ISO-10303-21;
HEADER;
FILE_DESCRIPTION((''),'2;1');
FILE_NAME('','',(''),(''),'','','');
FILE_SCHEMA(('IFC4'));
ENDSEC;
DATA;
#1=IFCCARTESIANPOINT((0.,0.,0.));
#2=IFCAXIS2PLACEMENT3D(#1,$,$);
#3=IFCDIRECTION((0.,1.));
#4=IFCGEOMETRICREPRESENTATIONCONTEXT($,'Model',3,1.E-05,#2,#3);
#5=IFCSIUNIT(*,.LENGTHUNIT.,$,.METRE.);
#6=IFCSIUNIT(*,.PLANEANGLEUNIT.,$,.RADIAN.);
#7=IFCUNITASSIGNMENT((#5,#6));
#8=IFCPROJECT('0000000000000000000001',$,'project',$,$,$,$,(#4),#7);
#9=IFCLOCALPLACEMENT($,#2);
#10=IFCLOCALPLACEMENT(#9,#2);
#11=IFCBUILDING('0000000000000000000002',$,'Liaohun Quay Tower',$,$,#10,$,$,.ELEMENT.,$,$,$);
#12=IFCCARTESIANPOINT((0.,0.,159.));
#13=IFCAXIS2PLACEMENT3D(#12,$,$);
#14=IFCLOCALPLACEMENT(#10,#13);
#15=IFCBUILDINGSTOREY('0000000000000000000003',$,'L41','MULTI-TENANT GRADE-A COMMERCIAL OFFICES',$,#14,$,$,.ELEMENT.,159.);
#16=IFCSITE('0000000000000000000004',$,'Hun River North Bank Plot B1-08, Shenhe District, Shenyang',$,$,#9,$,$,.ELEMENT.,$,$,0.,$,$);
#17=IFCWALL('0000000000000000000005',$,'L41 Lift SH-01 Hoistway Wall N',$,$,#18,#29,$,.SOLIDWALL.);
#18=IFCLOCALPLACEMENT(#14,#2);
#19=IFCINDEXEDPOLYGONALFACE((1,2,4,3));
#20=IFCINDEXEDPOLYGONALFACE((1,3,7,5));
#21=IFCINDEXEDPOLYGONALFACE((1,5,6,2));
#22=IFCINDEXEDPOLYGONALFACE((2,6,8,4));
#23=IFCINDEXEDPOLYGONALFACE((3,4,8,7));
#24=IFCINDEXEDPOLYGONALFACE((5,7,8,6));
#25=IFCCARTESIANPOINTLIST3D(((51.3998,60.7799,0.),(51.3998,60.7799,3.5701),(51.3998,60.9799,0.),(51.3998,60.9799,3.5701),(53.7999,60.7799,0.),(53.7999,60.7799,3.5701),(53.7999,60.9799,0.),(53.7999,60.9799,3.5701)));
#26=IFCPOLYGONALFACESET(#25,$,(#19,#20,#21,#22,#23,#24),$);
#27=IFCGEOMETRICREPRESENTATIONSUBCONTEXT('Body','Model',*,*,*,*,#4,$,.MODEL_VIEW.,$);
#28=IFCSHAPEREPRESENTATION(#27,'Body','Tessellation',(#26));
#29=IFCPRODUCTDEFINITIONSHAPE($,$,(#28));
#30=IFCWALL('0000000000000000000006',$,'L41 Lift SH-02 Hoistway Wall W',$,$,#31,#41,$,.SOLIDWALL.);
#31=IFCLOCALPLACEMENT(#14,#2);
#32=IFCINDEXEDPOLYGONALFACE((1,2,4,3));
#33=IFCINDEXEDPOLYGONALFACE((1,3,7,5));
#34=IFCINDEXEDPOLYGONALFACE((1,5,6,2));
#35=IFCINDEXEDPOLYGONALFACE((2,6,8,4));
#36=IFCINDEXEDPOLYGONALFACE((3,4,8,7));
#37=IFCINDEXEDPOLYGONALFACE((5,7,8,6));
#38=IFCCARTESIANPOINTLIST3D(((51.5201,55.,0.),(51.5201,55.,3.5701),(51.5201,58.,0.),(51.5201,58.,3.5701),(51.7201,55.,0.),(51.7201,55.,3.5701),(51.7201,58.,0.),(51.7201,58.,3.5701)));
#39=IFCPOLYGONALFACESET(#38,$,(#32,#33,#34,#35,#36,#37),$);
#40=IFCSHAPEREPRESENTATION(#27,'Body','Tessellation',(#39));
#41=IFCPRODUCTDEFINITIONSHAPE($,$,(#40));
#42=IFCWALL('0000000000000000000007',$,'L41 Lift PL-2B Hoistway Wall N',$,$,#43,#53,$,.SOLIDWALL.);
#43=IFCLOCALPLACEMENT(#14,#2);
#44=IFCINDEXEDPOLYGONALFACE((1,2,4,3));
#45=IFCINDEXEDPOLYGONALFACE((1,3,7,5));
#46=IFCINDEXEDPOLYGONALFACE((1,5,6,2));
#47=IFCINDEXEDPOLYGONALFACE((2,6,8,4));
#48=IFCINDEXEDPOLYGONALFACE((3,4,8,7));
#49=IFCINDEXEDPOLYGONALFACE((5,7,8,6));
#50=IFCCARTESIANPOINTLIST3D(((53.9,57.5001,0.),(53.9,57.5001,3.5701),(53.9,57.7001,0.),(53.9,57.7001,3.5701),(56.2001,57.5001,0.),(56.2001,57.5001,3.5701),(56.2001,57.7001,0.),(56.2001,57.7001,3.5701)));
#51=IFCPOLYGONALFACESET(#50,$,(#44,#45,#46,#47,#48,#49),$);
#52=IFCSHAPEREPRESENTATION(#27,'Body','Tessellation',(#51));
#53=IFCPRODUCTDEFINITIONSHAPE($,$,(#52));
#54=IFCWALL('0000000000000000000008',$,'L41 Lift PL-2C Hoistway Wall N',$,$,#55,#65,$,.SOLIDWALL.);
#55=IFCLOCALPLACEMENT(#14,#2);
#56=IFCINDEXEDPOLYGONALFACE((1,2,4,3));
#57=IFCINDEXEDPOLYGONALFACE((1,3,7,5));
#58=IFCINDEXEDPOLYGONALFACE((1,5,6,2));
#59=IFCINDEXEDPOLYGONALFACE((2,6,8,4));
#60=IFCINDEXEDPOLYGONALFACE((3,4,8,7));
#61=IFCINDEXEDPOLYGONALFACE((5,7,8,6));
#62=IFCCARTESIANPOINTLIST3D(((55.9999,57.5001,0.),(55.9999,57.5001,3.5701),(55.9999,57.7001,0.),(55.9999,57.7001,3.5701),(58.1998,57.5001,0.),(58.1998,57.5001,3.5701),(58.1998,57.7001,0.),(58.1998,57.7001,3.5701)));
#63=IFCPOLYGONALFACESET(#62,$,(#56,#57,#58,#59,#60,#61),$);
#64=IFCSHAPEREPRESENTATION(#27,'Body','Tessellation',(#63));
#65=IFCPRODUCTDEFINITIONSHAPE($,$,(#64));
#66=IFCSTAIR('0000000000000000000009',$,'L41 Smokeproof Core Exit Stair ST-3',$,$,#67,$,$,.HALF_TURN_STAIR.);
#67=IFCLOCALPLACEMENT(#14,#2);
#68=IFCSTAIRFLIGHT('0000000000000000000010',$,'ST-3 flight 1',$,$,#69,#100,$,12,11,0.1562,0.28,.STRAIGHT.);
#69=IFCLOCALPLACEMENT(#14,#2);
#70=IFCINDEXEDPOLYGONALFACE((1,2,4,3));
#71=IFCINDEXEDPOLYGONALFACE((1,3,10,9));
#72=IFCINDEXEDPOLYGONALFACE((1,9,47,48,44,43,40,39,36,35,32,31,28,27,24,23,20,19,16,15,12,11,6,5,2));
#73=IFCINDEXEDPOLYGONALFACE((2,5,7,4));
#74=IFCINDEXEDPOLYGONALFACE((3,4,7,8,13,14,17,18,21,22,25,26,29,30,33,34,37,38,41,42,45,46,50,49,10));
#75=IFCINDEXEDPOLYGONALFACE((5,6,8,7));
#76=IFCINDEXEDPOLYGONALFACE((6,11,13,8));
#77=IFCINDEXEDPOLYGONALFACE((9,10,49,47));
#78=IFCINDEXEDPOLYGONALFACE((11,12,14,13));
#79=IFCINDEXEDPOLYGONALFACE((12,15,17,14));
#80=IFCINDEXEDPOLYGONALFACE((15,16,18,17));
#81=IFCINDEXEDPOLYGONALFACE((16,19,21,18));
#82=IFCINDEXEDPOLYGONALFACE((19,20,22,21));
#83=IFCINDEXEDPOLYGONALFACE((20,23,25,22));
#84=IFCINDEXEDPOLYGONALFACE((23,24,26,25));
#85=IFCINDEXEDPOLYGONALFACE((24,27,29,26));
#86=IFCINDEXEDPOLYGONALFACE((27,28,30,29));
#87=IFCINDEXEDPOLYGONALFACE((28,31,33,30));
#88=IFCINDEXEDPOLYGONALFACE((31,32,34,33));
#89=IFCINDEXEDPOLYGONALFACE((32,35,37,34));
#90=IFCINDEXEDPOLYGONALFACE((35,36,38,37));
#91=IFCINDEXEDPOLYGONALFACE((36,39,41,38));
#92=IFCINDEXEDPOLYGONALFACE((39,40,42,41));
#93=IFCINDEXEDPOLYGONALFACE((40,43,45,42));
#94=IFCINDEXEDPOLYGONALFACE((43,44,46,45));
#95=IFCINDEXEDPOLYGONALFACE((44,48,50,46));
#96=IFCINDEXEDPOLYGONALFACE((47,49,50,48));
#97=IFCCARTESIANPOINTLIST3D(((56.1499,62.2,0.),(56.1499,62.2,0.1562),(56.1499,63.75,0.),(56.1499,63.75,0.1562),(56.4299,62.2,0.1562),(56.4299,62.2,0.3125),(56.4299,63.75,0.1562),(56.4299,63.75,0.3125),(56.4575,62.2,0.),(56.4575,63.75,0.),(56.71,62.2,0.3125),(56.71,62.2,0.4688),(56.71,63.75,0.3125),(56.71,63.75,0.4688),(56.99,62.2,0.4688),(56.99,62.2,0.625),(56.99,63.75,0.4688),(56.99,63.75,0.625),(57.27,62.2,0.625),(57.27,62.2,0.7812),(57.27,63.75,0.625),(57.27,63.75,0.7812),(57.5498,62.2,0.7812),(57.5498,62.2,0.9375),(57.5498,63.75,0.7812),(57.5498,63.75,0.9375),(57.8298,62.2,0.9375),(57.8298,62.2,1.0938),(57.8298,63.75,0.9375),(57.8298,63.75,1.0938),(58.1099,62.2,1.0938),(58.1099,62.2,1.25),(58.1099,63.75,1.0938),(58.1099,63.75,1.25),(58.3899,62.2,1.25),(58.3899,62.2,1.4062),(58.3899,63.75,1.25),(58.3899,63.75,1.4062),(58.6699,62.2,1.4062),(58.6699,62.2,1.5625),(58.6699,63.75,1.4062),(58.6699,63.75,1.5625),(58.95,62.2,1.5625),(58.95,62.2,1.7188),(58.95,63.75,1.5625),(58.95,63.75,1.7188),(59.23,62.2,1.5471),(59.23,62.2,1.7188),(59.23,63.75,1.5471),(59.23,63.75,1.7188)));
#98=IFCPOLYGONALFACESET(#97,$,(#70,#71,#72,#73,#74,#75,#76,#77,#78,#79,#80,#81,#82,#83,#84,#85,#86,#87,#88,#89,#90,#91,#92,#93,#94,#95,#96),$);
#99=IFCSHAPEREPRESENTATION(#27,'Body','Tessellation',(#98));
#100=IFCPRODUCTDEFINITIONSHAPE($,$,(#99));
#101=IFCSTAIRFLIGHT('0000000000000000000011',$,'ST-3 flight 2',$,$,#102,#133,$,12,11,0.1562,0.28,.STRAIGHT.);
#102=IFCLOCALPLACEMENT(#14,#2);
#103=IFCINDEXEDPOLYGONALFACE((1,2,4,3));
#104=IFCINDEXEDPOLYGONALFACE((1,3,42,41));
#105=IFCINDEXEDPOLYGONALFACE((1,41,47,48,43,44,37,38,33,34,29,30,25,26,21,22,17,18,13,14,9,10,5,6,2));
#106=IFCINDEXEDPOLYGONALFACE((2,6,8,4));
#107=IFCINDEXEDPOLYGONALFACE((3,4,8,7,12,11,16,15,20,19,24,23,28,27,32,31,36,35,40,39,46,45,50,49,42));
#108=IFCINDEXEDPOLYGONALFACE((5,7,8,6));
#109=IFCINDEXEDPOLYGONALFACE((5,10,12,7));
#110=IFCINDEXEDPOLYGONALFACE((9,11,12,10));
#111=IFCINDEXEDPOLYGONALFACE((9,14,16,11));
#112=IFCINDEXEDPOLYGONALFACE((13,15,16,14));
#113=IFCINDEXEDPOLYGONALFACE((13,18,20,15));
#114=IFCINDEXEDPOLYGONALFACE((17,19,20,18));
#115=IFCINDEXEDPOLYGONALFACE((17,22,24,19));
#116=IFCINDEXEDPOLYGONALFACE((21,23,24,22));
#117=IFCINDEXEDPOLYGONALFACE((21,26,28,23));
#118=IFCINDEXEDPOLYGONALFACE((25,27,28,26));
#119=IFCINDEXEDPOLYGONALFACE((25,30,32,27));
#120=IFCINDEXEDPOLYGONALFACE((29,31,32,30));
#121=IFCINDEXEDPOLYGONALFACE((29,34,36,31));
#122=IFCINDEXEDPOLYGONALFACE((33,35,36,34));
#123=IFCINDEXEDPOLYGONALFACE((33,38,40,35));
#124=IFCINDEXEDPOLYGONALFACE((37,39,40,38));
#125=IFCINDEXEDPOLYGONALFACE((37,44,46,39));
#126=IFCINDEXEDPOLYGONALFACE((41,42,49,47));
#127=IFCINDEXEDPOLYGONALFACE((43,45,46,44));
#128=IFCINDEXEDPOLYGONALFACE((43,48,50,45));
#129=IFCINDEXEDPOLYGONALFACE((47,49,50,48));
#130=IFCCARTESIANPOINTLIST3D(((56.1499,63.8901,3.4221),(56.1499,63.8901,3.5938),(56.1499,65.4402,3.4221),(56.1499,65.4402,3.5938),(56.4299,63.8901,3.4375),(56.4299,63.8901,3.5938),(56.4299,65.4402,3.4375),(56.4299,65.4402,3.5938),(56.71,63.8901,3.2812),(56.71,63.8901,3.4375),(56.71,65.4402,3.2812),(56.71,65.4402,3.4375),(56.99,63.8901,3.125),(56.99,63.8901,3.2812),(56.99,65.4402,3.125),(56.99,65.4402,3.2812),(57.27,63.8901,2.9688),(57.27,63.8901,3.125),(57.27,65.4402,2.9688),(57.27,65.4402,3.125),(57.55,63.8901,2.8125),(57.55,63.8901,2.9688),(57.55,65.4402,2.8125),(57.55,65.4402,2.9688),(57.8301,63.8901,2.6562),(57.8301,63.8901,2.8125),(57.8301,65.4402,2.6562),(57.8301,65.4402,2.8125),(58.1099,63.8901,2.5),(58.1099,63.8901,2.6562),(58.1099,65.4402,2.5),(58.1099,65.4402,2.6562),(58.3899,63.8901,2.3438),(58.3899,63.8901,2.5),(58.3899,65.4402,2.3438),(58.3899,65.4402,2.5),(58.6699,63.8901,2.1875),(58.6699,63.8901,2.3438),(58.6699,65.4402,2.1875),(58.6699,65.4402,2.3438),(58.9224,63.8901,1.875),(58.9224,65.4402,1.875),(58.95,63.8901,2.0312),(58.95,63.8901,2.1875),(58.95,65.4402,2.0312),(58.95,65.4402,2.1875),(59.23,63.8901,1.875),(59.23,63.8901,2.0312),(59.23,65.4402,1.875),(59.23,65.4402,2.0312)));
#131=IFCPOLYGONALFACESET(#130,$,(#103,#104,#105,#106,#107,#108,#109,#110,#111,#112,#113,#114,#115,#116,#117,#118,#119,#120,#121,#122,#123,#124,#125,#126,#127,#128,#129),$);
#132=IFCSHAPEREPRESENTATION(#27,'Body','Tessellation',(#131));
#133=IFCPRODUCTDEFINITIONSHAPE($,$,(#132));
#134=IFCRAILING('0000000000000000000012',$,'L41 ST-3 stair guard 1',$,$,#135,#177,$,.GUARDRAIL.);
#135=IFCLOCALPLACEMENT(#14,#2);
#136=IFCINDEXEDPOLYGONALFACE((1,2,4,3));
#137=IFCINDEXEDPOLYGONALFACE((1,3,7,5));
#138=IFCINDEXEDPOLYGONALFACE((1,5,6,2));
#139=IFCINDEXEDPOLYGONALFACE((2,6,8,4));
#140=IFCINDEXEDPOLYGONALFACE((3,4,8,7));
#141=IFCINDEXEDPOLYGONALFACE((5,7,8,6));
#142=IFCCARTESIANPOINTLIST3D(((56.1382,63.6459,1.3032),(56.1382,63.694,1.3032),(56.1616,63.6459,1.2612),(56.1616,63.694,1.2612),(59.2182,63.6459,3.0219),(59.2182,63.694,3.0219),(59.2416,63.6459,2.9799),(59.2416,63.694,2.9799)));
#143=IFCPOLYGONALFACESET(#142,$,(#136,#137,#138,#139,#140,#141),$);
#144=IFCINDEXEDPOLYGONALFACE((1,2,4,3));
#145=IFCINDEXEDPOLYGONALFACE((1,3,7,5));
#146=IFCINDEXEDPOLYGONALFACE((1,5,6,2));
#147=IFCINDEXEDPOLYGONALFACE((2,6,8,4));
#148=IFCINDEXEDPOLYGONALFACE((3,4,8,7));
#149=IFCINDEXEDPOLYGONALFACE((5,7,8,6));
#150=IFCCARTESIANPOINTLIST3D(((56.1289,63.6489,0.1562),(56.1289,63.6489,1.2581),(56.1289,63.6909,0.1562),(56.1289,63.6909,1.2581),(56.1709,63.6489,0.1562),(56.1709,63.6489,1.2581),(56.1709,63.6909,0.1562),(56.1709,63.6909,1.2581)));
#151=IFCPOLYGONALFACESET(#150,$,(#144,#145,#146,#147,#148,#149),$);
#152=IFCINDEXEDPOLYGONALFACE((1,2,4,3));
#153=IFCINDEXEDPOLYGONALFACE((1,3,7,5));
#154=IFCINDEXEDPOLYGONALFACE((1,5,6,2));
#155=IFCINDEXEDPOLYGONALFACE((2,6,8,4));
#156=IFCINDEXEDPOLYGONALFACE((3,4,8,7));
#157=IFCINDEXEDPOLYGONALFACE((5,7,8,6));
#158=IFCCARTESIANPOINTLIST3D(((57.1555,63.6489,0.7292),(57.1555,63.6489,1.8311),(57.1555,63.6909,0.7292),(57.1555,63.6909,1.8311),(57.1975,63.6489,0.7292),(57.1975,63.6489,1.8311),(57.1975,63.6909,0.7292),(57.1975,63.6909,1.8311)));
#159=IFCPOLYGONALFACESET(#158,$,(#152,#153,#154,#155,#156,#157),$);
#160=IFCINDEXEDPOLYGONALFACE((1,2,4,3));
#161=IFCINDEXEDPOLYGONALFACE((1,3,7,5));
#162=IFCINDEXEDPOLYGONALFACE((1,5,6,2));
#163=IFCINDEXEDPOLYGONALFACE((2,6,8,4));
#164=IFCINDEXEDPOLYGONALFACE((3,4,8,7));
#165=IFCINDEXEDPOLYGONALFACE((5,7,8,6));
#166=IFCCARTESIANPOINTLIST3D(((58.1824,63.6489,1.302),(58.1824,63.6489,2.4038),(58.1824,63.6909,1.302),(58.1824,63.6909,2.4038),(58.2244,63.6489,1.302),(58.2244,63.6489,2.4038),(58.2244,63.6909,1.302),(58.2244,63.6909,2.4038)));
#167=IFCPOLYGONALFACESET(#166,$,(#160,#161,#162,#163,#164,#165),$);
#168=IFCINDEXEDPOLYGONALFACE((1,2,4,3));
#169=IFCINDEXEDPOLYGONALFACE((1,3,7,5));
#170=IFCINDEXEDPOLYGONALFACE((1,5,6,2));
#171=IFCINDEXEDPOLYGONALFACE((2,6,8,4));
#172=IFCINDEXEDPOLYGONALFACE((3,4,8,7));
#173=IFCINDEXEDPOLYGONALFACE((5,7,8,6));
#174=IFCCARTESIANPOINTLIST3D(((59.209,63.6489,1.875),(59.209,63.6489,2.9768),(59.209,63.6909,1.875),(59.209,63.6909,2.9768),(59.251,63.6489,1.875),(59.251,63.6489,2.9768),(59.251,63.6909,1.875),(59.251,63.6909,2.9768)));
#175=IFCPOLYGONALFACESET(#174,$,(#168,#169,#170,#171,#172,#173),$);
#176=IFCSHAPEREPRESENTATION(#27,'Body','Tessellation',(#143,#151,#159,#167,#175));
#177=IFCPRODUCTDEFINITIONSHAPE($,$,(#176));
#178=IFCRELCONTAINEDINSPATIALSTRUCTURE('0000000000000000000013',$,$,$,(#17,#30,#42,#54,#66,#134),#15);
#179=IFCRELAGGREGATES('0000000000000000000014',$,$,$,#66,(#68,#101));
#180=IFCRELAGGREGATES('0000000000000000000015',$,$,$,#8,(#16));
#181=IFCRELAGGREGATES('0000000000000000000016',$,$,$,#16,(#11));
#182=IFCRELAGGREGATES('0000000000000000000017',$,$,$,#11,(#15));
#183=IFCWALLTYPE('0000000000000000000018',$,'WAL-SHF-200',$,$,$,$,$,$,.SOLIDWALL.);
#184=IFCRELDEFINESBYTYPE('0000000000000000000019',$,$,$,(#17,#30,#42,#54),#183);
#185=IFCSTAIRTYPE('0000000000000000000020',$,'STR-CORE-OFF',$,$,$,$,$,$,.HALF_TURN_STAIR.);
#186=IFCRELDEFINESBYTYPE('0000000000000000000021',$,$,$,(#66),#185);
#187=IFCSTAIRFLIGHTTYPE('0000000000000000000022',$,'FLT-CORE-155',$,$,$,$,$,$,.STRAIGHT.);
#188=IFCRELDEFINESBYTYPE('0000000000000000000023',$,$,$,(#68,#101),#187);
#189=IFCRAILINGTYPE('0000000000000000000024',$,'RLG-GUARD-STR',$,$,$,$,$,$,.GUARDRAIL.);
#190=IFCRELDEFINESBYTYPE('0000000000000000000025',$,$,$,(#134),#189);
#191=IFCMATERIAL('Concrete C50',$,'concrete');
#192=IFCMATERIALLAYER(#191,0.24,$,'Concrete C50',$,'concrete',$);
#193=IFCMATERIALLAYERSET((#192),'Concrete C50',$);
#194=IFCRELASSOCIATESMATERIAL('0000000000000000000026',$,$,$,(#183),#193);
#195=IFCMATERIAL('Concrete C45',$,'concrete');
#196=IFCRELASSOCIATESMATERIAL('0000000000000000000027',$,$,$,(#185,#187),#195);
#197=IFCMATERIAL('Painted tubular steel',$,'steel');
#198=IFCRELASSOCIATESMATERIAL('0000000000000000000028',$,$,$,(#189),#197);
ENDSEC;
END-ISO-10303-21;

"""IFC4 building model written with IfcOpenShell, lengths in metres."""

from ifc_helpers import new_model, si_unit, direction, frame, frame_2d, origin, origin_2d, place, context, subcontext, project, spatial, polyline, rectangle, outline, extrude, material, layer, layer_set, type_object, element, aggregate, save


model = new_model("IFC4")

# Units and contexts
model_context = context("Model", 3, precision=1e-05, world=origin(), true_north=direction((0.0, 1.0)))
body_context = subcontext(model_context, "Body", "Model", "MODEL_VIEW")
ifc_project = project(units=[si_unit("LENGTHUNIT", "METRE"), si_unit("PLANEANGLEUNIT", "RADIAN")], contexts=[model_context])

# Site, building, storey
site_placement = place(None, origin())
site = spatial("IfcSite", under=ifc_project, at=site_placement, Name="Hun River North Bank Plot B1-08, Shenhe District, Shenyang", CompositionType="ELEMENT", RefElevation=0.0)
building_placement = place(site_placement, origin())
building = spatial("IfcBuilding", under=site, at=building_placement, Name="Liaohun Quay Tower", CompositionType="ELEMENT")
storey_placement = place(building_placement, frame((0.0, 0.0, 159.0)))
storey = spatial("IfcBuildingStorey", under=building, at=storey_placement, Name="L41", Description="MULTI-TENANT GRADE-A COMMERCIAL OFFICES", CompositionType="ELEMENT", Elevation=159.0)

# Shared definitions
ifc_material_1 = material(Name="Concrete C50", Category="concrete")
ifc_layer_1 = layer(ifc_material_1, 0.24, Name="Concrete C50", Category="concrete")
ifc_layer_set_1 = layer_set([ifc_layer_1], Name="Concrete C50")
wall_type_1 = type_object("IfcWallType", Name="WAL-SHF-200", PredefinedType="SOLIDWALL", material=ifc_layer_set_1)

# Walls
wall_1_placement = place(storey_placement, frame((53.8, 60.8799, 0.0), z_axis=(0.0, 0.0, 1.0), x_axis=(-1.0, 0.0, 0.0)))
element("IfcWall", 1, at=wall_1_placement, inside=storey, type_object=wall_type_1, Name="L41 Lift SH-01 Hoistway Wall N", PredefinedType="SOLIDWALL", context=body_context, shape_type="SweptSolid", body=[
    extrude(rectangle(XDim=2.4001, YDim=0.2, at=frame_2d((1.2002, 0.0))), origin(), (0.0, 0.0, 1.0), 3.5701),
])
wall_2_placement = place(storey_placement, frame((51.6201, 58.0, 0.0), z_axis=(0.0, 0.0, 1.0), x_axis=(0.0, -1.0, 0.0)))
element("IfcWall", 2, at=wall_2_placement, inside=storey, type_object=wall_type_1, Name="L41 Lift SH-02 Hoistway Wall W", PredefinedType="SOLIDWALL", context=body_context, shape_type="SweptSolid", body=[
    extrude(rectangle(XDim=3.0, YDim=0.2, at=frame_2d((1.5, 0.0))), origin(), (0.0, 0.0, 1.0), 3.5701),
])
wall_3_placement = place(storey_placement, frame((56.2, 57.6001, 0.0), z_axis=(0.0, 0.0, 1.0), x_axis=(-1.0, 0.0, 0.0)))
element("IfcWall", 3, at=wall_3_placement, inside=storey, type_object=wall_type_1, Name="L41 Lift PL-2B Hoistway Wall N", PredefinedType="SOLIDWALL", context=body_context, shape_type="SweptSolid", body=[
    extrude(rectangle(XDim=2.3, YDim=0.2, at=frame_2d((1.1499, 0.0))), origin(), (0.0, 0.0, 1.0), 3.5701),
])
wall_4_placement = place(storey_placement, frame((58.2, 57.6001, 0.0), z_axis=(0.0, 0.0, 1.0), x_axis=(-1.0, 0.0, 0.0)))
element("IfcWall", 4, at=wall_4_placement, inside=storey, type_object=wall_type_1, Name="L41 Lift PL-2C Hoistway Wall N", PredefinedType="SOLIDWALL", context=body_context, shape_type="SweptSolid", body=[
    extrude(rectangle(XDim=2.2, YDim=0.2, at=frame_2d((1.1001, 0.0))), origin(), (0.0, 0.0, 1.0), 3.5701),
])

# Stair, stair flights
ifc_material_2 = material(Name="Concrete C45", Category="concrete")
stair_type = type_object("IfcStairType", Name="STR-CORE-OFF", PredefinedType="HALF_TURN_STAIR", material=ifc_material_2)
stair_placement = place(storey_placement, origin())
stair = element("IfcStair", 5, at=stair_placement, inside=storey, type_object=stair_type, Name="L41 Smokeproof Core Exit Stair ST-3", PredefinedType="HALF_TURN_STAIR")
stair_flight_type = type_object("IfcStairFlightType", Name="FLT-CORE-155", PredefinedType="STRAIGHT", material=ifc_material_2)
stair_flight_1_placement = place(storey_placement, frame((56.1499, 62.9751, 0.0), z_axis=(0.0, 0.0, 1.0), x_axis=(1.0, 0.0, 0.0)))
stair_flight_1 = element("IfcStairFlight", 6, at=stair_flight_1_placement, type_object=stair_flight_type, Name="ST-3 flight 1", NumberOfRisers=12, NumberOfTreads=11, PredefinedType="STRAIGHT", RiserHeight=0.1562, TreadLength=0.28, context=body_context, shape_type="SweptSolid", body=[
    extrude(outline(polyline([(0.0, 0.0), (0.0, 0.1562), (0.28, 0.1562), (0.28, 0.3125), (0.5601, 0.3125), (0.5601, 0.4688), (0.8401, 0.4688), (0.8401, 0.625), (1.1201, 0.625), (1.1201, 0.7812), (1.3999, 0.7812), (1.3999, 0.9375), (1.6799, 0.9375), (1.6799, 1.0938), (1.96, 1.0938), (1.96, 1.25), (2.24, 1.25), (2.24, 1.4062), (2.52, 1.4062), (2.52, 1.5625), (2.8, 1.5625), (2.8, 1.7188), (3.0801, 1.7188), (3.0801, 1.875), (3.0801, 1.5471), (0.3076, 0.0), (0.0, 0.0)])), frame((0.0, 0.7749, 0.0), z_axis=(0.0, -1.0, 0.0), x_axis=(1.0, 0.0, 0.0)), (0.0, 0.0, 1.0), 1.55),
])
stair_flight_2_placement = place(storey_placement, frame((59.23, 64.665, 1.875), z_axis=(0.0, 0.0, 1.0), x_axis=(-1.0, 0.0, 0.0)))
stair_flight_2 = element("IfcStairFlight", 7, at=stair_flight_2_placement, type_object=stair_flight_type, Name="ST-3 flight 2", NumberOfRisers=12, NumberOfTreads=11, PredefinedType="STRAIGHT", RiserHeight=0.1562, TreadLength=0.28, context=body_context, shape_type="SweptSolid", body=[
    extrude(outline(polyline([(0.0, 0.0), (0.0, 0.1562), (0.28, 0.1562), (0.28, 0.3125), (0.5601, 0.3125), (0.5601, 0.4688), (0.8401, 0.4688), (0.8401, 0.625), (1.1201, 0.625), (1.1201, 0.7812), (1.3999, 0.7812), (1.3999, 0.9375), (1.6799, 0.9375), (1.6799, 1.0938), (1.96, 1.0938), (1.96, 1.25), (2.24, 1.25), (2.24, 1.4062), (2.52, 1.4062), (2.52, 1.5625), (2.8, 1.5625), (2.8, 1.7188), (3.0801, 1.7188), (3.0801, 1.875), (3.0801, 1.5471), (0.3076, 0.0), (0.0, 0.0)])), frame((0.0, 0.7749, 0.0), z_axis=(0.0, -1.0, 0.0), x_axis=(1.0, 0.0, 0.0)), (0.0, 0.0, 1.0), 1.55),
])
aggregate(stair, [stair_flight_1, stair_flight_2])

# Railing
ifc_material_3 = material(Name="Painted tubular steel", Category="steel")
railing_type_1 = type_object("IfcRailingType", Name="RLG-GUARD-STR", PredefinedType="GUARDRAIL", material=ifc_material_3)
railing_1_placement = place(storey_placement, frame((56.1499, 63.6699, 0.1562)))
element("IfcRailing", 8, at=railing_1_placement, inside=storey, type_object=railing_type_1, Name="L41 ST-3 stair guard 1", PredefinedType="GUARDRAIL", context=body_context, shape_type="SweptSolid", body=[
    extrude(rectangle(XDim=0.0481, YDim=0.0481, at=origin_2d()), frame((0.0, 0.0, 1.126), z_axis=(0.873242, 0.0, 0.487288), x_axis=(0.0, 1.0, 0.0)), (0.0, 0.0, 1.0), 3.5271),
    extrude(rectangle(XDim=0.042, YDim=0.042, at=origin_2d()), origin(), (0.0, 0.0, 1.0), 1.1018),
    extrude(rectangle(XDim=0.042, YDim=0.042, at=origin_2d()), frame((1.0266, 0.0, 0.573)), (0.0, 0.0, 1.0), 1.1018),
    extrude(rectangle(XDim=0.042, YDim=0.042, at=origin_2d()), frame((2.0535, 0.0, 1.1458)), (0.0, 0.0, 1.0), 1.1018),
    extrude(rectangle(XDim=0.042, YDim=0.042, at=origin_2d()), frame((3.0801, 0.0, 1.7188)), (0.0, 0.0, 1.0), 1.1018),
])

save(model, "model.ifc")
